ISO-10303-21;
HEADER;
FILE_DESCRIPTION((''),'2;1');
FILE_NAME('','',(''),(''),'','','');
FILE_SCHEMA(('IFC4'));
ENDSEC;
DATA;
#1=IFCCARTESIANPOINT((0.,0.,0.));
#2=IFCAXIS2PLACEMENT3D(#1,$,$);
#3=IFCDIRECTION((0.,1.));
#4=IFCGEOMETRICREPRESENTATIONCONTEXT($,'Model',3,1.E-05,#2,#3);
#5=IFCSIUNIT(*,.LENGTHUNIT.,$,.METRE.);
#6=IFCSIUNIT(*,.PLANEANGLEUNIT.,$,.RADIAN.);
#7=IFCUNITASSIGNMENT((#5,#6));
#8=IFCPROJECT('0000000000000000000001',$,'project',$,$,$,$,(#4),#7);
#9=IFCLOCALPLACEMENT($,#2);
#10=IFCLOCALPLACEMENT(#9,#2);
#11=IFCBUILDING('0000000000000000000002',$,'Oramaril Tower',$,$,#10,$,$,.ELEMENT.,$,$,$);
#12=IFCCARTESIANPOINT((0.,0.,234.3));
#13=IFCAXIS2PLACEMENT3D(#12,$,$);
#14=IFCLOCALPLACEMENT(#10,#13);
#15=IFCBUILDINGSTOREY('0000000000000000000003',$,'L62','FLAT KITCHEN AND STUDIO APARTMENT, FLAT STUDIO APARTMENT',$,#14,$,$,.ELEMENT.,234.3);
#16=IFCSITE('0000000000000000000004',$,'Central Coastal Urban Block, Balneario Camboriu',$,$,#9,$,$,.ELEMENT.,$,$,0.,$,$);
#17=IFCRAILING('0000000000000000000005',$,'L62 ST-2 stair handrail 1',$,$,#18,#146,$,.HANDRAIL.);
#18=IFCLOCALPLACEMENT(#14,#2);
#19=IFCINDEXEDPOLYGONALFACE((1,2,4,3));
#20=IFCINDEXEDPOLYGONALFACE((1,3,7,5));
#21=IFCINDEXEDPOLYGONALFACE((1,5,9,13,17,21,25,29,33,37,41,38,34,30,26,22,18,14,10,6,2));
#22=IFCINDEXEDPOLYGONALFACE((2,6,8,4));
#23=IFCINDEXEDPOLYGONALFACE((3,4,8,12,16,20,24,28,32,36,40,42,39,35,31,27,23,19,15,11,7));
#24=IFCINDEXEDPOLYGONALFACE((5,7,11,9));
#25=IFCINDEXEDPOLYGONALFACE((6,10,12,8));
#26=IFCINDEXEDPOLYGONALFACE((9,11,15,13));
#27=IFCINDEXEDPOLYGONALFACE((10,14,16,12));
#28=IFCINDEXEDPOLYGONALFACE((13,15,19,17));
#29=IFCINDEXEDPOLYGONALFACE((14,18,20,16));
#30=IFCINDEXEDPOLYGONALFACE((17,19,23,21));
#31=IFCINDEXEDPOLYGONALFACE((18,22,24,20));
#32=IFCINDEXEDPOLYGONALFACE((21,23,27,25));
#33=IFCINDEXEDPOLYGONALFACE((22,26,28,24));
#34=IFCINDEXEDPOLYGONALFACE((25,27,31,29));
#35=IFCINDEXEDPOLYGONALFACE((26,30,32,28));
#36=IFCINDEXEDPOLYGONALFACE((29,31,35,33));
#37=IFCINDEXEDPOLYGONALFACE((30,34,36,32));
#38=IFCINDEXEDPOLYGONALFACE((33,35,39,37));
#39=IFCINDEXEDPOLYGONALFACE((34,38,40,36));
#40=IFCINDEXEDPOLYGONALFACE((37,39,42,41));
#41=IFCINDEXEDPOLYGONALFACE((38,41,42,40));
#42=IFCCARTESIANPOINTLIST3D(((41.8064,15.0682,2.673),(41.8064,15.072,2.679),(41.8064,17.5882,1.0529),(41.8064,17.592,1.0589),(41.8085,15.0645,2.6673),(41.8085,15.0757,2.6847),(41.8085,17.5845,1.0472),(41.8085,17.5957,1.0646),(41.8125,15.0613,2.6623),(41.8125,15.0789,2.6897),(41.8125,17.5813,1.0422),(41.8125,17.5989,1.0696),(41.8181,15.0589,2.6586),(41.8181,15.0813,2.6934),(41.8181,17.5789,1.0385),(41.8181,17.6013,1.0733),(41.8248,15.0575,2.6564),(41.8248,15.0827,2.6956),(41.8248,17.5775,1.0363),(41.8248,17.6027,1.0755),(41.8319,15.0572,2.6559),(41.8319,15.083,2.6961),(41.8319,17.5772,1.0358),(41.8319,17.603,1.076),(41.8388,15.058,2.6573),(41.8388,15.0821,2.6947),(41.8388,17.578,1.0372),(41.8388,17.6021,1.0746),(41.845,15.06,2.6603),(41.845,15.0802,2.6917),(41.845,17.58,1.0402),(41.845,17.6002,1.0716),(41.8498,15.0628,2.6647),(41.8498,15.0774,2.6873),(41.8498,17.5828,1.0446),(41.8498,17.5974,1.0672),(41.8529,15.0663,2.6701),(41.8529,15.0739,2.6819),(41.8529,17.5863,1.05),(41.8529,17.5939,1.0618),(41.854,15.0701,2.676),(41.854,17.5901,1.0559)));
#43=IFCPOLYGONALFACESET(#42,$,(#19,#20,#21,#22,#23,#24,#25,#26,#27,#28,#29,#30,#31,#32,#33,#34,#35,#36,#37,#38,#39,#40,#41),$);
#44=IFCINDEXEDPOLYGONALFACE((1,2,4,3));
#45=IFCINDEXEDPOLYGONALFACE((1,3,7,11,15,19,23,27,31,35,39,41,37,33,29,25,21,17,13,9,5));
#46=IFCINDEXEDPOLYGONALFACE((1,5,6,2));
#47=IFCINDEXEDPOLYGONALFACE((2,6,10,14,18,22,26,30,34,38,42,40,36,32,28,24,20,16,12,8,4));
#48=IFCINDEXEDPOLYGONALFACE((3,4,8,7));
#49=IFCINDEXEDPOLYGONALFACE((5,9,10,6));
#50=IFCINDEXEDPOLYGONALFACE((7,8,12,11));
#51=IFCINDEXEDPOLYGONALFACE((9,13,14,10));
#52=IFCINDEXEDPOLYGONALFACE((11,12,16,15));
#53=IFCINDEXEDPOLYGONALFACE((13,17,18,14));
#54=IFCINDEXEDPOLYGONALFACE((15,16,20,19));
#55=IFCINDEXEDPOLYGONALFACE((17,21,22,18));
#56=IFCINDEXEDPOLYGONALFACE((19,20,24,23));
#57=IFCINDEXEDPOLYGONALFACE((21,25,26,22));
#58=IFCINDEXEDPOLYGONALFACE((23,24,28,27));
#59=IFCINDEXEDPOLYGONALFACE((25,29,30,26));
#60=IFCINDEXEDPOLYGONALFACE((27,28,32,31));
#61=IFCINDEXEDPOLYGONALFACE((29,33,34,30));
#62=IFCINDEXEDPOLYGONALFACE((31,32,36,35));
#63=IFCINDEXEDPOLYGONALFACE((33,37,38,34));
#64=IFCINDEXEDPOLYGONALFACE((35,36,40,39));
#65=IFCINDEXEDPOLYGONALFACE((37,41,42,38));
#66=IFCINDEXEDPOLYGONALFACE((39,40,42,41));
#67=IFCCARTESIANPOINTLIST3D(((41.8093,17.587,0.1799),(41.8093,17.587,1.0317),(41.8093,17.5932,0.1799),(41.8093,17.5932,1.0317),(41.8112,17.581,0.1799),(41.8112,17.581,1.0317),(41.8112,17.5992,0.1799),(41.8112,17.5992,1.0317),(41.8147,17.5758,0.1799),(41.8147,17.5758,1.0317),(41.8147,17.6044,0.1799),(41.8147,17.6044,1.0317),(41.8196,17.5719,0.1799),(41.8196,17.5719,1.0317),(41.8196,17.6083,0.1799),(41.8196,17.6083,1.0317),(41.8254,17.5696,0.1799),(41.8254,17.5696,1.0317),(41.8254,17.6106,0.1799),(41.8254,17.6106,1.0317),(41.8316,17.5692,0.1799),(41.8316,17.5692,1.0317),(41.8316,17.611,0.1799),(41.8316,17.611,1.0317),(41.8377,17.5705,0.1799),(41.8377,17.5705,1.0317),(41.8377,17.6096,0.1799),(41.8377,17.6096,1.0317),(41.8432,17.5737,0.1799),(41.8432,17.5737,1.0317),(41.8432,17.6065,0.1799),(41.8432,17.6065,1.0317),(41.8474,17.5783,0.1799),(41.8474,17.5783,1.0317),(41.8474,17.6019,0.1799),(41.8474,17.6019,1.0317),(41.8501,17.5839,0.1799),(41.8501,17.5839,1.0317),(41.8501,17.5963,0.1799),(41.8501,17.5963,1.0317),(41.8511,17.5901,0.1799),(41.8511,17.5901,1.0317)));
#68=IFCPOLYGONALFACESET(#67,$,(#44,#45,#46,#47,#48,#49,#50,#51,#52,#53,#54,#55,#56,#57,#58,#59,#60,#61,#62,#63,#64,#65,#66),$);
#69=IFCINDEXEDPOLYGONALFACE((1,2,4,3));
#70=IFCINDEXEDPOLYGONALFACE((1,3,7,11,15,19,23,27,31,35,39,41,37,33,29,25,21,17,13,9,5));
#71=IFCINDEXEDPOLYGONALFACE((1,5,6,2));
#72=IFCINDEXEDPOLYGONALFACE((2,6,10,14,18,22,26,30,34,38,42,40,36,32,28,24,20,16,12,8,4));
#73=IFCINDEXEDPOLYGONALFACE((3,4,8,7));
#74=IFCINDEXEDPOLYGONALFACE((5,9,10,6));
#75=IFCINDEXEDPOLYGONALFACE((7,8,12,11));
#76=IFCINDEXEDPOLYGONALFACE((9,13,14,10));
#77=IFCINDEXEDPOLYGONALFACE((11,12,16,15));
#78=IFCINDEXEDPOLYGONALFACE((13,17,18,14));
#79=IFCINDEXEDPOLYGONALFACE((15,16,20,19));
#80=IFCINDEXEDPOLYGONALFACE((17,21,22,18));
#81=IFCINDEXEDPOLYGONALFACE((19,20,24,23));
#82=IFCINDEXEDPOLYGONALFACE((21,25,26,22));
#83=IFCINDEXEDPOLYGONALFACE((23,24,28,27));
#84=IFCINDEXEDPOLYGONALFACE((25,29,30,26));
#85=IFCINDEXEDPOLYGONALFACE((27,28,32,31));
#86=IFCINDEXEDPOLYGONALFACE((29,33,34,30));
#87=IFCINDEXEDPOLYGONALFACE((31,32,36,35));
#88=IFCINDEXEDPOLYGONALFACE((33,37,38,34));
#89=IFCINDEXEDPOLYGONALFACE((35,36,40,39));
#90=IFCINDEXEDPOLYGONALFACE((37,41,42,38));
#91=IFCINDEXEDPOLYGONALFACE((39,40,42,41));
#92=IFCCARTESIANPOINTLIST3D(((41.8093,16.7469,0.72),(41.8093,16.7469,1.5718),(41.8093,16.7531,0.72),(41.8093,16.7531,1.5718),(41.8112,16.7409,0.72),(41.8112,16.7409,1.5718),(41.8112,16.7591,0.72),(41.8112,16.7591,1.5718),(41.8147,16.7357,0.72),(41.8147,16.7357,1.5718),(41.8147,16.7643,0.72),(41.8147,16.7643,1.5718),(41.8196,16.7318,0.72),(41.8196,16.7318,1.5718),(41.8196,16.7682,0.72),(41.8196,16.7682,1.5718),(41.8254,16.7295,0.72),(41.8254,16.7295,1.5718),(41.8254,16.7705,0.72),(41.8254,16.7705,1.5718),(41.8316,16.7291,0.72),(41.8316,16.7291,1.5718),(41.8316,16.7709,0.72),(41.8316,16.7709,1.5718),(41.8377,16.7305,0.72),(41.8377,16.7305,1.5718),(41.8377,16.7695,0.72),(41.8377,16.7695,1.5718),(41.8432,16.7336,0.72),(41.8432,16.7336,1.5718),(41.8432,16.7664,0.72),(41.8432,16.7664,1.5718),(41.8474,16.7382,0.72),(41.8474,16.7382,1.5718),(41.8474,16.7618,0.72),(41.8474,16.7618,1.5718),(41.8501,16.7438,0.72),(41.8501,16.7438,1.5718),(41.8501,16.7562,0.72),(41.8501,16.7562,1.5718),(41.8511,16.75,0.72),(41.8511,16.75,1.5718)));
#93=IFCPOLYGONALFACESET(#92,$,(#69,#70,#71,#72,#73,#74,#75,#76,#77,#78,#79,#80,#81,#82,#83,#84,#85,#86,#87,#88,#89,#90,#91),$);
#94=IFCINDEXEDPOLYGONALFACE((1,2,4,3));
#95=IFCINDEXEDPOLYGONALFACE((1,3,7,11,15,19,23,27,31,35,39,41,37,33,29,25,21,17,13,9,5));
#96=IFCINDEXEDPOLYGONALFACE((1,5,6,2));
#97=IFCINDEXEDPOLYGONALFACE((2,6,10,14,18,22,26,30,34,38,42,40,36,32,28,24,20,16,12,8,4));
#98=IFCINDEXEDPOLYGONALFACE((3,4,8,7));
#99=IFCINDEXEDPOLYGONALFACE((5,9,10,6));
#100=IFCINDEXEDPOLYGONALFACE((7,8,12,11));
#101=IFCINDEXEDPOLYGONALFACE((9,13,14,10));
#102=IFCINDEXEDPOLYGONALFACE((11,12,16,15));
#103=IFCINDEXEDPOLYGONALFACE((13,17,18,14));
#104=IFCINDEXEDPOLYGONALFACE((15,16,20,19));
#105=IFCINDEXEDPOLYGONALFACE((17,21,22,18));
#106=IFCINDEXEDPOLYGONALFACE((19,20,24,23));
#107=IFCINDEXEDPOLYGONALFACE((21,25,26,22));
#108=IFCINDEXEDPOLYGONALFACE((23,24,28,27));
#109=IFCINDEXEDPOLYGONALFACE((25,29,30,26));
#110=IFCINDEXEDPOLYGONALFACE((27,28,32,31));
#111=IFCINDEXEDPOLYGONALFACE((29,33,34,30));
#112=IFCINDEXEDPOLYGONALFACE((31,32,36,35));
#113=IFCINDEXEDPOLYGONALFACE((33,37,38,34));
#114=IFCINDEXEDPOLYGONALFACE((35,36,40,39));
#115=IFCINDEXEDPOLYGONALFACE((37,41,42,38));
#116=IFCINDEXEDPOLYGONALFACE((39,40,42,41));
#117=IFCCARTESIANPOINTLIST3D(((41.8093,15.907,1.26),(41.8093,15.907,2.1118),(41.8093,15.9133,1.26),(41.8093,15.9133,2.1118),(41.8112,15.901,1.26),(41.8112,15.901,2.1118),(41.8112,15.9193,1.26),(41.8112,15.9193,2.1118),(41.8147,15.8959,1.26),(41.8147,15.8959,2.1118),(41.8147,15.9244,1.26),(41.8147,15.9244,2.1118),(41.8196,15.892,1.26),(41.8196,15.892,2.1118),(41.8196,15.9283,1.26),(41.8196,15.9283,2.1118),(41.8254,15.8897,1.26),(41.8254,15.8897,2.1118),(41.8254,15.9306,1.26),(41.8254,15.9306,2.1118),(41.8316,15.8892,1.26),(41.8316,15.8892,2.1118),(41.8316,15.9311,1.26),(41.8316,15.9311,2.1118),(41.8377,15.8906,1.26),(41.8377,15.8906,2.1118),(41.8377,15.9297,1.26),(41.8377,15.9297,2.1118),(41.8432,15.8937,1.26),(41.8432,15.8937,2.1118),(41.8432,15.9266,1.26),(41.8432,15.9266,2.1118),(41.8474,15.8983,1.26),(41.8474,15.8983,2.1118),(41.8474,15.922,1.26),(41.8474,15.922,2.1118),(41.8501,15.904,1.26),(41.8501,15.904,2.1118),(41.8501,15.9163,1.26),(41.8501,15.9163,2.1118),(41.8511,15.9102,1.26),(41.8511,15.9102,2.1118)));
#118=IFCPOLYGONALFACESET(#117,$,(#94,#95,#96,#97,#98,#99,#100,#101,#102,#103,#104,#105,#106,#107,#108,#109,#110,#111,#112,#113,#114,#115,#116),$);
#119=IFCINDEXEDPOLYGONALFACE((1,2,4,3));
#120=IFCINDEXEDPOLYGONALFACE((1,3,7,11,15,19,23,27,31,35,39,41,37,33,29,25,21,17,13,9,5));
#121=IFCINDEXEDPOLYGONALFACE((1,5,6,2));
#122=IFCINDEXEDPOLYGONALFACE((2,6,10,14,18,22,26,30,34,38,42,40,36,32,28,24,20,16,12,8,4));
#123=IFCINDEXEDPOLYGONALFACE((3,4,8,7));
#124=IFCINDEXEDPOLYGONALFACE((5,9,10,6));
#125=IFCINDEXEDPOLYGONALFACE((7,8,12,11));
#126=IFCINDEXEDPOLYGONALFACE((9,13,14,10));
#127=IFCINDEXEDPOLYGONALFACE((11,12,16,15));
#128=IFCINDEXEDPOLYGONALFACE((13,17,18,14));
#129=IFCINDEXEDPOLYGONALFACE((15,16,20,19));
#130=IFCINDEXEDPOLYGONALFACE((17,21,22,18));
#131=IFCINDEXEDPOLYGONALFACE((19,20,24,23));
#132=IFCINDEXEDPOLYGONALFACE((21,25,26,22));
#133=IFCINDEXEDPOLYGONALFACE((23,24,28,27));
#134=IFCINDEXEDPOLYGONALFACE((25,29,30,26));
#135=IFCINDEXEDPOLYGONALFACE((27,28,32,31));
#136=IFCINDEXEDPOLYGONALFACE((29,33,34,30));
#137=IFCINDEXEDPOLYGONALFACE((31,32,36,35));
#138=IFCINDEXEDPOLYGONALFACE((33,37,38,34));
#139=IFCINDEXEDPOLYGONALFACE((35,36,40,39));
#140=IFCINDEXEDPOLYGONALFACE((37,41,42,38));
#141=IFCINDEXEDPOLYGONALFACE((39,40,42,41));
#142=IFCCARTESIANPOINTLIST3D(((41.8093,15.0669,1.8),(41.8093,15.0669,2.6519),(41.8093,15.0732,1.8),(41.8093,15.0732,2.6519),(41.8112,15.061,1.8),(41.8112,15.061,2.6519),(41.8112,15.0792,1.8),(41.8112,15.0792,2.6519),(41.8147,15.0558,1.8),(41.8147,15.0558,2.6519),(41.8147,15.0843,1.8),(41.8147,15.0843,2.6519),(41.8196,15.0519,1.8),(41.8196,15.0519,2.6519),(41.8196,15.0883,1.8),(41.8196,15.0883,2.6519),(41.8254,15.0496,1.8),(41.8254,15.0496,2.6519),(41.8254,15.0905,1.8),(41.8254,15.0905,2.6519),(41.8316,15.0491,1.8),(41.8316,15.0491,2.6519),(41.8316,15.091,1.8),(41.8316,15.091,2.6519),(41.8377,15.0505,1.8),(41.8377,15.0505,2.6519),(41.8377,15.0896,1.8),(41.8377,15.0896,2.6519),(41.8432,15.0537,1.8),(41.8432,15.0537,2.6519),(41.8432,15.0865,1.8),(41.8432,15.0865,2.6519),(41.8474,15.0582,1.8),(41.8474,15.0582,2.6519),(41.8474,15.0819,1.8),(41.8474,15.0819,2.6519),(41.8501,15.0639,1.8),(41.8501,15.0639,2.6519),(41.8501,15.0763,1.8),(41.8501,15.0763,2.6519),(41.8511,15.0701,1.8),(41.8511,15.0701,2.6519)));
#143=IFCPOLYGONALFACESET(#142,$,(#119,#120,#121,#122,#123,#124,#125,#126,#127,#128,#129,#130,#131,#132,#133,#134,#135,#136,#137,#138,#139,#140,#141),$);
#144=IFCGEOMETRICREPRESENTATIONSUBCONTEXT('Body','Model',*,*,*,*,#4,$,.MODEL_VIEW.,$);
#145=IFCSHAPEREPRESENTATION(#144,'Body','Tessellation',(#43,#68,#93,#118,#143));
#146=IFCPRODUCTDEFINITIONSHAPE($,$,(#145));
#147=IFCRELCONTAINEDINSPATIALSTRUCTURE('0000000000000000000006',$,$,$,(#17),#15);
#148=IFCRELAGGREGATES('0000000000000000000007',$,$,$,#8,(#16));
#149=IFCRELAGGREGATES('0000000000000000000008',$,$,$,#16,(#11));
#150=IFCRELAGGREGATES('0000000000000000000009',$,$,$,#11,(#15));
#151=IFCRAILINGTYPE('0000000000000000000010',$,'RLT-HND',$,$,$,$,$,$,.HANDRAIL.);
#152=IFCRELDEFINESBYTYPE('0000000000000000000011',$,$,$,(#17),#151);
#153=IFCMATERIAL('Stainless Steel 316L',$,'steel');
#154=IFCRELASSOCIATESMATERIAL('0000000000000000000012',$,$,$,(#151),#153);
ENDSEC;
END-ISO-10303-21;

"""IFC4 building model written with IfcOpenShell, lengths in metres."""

from ifc_helpers import new_model, si_unit, direction, frame, origin, origin_2d, place, context, subcontext, project, spatial, circle, extrude, material, type_object, element, save


model = new_model("IFC4")

# Units and contexts
model_context = context("Model", 3, precision=1e-05, world=origin(), true_north=direction((0.0, 1.0)))
body_context = subcontext(model_context, "Body", "Model", "MODEL_VIEW")
ifc_project = project(units=[si_unit("LENGTHUNIT", "METRE"), si_unit("PLANEANGLEUNIT", "RADIAN")], contexts=[model_context])

# Site, building, storey
site_placement = place(None, origin())
site = spatial("IfcSite", under=ifc_project, at=site_placement, Name="Central Coastal Urban Block, Balneario Camboriu", CompositionType="ELEMENT", RefElevation=0.0)
building_placement = place(site_placement, origin())
building = spatial("IfcBuilding", under=site, at=building_placement, Name="Oramaril Tower", CompositionType="ELEMENT")
storey_placement = place(building_placement, frame((0.0, 0.0, 234.3)))
storey = spatial("IfcBuildingStorey", under=building, at=storey_placement, Name="L62", Description="FLAT KITCHEN AND STUDIO APARTMENT, FLAT STUDIO APARTMENT", CompositionType="ELEMENT", Elevation=234.3)

# Railing
ifc_material_1 = material(Name="Stainless Steel 316L", Category="steel")
railing_type_1 = type_object("IfcRailingType", Name="RLT-HND", PredefinedType="HANDRAIL", material=ifc_material_1)
railing_1_placement = place(storey_placement, frame((41.8301, 17.5901, 0.1799)))
element("IfcRailing", 1, at=railing_1_placement, inside=storey, type_object=railing_type_1, Name="L62 ST-2 stair handrail 1", PredefinedType="HANDRAIL", context=body_context, shape_type="SweptSolid", body=[
    extrude(circle(Radius=0.0239, at=origin_2d()), frame((0.0, 0.0, 0.876), z_axis=(0.0, -0.841163, 0.540782), x_axis=(1.0, 0.0, 0.0)), (0.0, 0.0, 1.0), 2.9958),
    extrude(circle(Radius=0.021, at=origin_2d()), origin(), (0.0, 0.0, 1.0), 0.8518),
    extrude(circle(Radius=0.021, at=origin_2d()), frame((0.0, -0.8401, 0.54)), (0.0, 0.0, 1.0), 0.8518),
    extrude(circle(Radius=0.021, at=origin_2d()), frame((0.0, -1.6799, 1.0801)), (0.0, 0.0, 1.0), 0.8518),
    extrude(circle(Radius=0.021, at=origin_2d()), frame((0.0, -2.52, 1.6201)), (0.0, 0.0, 1.0), 0.8518),
])

save(model, "model.ifc")
